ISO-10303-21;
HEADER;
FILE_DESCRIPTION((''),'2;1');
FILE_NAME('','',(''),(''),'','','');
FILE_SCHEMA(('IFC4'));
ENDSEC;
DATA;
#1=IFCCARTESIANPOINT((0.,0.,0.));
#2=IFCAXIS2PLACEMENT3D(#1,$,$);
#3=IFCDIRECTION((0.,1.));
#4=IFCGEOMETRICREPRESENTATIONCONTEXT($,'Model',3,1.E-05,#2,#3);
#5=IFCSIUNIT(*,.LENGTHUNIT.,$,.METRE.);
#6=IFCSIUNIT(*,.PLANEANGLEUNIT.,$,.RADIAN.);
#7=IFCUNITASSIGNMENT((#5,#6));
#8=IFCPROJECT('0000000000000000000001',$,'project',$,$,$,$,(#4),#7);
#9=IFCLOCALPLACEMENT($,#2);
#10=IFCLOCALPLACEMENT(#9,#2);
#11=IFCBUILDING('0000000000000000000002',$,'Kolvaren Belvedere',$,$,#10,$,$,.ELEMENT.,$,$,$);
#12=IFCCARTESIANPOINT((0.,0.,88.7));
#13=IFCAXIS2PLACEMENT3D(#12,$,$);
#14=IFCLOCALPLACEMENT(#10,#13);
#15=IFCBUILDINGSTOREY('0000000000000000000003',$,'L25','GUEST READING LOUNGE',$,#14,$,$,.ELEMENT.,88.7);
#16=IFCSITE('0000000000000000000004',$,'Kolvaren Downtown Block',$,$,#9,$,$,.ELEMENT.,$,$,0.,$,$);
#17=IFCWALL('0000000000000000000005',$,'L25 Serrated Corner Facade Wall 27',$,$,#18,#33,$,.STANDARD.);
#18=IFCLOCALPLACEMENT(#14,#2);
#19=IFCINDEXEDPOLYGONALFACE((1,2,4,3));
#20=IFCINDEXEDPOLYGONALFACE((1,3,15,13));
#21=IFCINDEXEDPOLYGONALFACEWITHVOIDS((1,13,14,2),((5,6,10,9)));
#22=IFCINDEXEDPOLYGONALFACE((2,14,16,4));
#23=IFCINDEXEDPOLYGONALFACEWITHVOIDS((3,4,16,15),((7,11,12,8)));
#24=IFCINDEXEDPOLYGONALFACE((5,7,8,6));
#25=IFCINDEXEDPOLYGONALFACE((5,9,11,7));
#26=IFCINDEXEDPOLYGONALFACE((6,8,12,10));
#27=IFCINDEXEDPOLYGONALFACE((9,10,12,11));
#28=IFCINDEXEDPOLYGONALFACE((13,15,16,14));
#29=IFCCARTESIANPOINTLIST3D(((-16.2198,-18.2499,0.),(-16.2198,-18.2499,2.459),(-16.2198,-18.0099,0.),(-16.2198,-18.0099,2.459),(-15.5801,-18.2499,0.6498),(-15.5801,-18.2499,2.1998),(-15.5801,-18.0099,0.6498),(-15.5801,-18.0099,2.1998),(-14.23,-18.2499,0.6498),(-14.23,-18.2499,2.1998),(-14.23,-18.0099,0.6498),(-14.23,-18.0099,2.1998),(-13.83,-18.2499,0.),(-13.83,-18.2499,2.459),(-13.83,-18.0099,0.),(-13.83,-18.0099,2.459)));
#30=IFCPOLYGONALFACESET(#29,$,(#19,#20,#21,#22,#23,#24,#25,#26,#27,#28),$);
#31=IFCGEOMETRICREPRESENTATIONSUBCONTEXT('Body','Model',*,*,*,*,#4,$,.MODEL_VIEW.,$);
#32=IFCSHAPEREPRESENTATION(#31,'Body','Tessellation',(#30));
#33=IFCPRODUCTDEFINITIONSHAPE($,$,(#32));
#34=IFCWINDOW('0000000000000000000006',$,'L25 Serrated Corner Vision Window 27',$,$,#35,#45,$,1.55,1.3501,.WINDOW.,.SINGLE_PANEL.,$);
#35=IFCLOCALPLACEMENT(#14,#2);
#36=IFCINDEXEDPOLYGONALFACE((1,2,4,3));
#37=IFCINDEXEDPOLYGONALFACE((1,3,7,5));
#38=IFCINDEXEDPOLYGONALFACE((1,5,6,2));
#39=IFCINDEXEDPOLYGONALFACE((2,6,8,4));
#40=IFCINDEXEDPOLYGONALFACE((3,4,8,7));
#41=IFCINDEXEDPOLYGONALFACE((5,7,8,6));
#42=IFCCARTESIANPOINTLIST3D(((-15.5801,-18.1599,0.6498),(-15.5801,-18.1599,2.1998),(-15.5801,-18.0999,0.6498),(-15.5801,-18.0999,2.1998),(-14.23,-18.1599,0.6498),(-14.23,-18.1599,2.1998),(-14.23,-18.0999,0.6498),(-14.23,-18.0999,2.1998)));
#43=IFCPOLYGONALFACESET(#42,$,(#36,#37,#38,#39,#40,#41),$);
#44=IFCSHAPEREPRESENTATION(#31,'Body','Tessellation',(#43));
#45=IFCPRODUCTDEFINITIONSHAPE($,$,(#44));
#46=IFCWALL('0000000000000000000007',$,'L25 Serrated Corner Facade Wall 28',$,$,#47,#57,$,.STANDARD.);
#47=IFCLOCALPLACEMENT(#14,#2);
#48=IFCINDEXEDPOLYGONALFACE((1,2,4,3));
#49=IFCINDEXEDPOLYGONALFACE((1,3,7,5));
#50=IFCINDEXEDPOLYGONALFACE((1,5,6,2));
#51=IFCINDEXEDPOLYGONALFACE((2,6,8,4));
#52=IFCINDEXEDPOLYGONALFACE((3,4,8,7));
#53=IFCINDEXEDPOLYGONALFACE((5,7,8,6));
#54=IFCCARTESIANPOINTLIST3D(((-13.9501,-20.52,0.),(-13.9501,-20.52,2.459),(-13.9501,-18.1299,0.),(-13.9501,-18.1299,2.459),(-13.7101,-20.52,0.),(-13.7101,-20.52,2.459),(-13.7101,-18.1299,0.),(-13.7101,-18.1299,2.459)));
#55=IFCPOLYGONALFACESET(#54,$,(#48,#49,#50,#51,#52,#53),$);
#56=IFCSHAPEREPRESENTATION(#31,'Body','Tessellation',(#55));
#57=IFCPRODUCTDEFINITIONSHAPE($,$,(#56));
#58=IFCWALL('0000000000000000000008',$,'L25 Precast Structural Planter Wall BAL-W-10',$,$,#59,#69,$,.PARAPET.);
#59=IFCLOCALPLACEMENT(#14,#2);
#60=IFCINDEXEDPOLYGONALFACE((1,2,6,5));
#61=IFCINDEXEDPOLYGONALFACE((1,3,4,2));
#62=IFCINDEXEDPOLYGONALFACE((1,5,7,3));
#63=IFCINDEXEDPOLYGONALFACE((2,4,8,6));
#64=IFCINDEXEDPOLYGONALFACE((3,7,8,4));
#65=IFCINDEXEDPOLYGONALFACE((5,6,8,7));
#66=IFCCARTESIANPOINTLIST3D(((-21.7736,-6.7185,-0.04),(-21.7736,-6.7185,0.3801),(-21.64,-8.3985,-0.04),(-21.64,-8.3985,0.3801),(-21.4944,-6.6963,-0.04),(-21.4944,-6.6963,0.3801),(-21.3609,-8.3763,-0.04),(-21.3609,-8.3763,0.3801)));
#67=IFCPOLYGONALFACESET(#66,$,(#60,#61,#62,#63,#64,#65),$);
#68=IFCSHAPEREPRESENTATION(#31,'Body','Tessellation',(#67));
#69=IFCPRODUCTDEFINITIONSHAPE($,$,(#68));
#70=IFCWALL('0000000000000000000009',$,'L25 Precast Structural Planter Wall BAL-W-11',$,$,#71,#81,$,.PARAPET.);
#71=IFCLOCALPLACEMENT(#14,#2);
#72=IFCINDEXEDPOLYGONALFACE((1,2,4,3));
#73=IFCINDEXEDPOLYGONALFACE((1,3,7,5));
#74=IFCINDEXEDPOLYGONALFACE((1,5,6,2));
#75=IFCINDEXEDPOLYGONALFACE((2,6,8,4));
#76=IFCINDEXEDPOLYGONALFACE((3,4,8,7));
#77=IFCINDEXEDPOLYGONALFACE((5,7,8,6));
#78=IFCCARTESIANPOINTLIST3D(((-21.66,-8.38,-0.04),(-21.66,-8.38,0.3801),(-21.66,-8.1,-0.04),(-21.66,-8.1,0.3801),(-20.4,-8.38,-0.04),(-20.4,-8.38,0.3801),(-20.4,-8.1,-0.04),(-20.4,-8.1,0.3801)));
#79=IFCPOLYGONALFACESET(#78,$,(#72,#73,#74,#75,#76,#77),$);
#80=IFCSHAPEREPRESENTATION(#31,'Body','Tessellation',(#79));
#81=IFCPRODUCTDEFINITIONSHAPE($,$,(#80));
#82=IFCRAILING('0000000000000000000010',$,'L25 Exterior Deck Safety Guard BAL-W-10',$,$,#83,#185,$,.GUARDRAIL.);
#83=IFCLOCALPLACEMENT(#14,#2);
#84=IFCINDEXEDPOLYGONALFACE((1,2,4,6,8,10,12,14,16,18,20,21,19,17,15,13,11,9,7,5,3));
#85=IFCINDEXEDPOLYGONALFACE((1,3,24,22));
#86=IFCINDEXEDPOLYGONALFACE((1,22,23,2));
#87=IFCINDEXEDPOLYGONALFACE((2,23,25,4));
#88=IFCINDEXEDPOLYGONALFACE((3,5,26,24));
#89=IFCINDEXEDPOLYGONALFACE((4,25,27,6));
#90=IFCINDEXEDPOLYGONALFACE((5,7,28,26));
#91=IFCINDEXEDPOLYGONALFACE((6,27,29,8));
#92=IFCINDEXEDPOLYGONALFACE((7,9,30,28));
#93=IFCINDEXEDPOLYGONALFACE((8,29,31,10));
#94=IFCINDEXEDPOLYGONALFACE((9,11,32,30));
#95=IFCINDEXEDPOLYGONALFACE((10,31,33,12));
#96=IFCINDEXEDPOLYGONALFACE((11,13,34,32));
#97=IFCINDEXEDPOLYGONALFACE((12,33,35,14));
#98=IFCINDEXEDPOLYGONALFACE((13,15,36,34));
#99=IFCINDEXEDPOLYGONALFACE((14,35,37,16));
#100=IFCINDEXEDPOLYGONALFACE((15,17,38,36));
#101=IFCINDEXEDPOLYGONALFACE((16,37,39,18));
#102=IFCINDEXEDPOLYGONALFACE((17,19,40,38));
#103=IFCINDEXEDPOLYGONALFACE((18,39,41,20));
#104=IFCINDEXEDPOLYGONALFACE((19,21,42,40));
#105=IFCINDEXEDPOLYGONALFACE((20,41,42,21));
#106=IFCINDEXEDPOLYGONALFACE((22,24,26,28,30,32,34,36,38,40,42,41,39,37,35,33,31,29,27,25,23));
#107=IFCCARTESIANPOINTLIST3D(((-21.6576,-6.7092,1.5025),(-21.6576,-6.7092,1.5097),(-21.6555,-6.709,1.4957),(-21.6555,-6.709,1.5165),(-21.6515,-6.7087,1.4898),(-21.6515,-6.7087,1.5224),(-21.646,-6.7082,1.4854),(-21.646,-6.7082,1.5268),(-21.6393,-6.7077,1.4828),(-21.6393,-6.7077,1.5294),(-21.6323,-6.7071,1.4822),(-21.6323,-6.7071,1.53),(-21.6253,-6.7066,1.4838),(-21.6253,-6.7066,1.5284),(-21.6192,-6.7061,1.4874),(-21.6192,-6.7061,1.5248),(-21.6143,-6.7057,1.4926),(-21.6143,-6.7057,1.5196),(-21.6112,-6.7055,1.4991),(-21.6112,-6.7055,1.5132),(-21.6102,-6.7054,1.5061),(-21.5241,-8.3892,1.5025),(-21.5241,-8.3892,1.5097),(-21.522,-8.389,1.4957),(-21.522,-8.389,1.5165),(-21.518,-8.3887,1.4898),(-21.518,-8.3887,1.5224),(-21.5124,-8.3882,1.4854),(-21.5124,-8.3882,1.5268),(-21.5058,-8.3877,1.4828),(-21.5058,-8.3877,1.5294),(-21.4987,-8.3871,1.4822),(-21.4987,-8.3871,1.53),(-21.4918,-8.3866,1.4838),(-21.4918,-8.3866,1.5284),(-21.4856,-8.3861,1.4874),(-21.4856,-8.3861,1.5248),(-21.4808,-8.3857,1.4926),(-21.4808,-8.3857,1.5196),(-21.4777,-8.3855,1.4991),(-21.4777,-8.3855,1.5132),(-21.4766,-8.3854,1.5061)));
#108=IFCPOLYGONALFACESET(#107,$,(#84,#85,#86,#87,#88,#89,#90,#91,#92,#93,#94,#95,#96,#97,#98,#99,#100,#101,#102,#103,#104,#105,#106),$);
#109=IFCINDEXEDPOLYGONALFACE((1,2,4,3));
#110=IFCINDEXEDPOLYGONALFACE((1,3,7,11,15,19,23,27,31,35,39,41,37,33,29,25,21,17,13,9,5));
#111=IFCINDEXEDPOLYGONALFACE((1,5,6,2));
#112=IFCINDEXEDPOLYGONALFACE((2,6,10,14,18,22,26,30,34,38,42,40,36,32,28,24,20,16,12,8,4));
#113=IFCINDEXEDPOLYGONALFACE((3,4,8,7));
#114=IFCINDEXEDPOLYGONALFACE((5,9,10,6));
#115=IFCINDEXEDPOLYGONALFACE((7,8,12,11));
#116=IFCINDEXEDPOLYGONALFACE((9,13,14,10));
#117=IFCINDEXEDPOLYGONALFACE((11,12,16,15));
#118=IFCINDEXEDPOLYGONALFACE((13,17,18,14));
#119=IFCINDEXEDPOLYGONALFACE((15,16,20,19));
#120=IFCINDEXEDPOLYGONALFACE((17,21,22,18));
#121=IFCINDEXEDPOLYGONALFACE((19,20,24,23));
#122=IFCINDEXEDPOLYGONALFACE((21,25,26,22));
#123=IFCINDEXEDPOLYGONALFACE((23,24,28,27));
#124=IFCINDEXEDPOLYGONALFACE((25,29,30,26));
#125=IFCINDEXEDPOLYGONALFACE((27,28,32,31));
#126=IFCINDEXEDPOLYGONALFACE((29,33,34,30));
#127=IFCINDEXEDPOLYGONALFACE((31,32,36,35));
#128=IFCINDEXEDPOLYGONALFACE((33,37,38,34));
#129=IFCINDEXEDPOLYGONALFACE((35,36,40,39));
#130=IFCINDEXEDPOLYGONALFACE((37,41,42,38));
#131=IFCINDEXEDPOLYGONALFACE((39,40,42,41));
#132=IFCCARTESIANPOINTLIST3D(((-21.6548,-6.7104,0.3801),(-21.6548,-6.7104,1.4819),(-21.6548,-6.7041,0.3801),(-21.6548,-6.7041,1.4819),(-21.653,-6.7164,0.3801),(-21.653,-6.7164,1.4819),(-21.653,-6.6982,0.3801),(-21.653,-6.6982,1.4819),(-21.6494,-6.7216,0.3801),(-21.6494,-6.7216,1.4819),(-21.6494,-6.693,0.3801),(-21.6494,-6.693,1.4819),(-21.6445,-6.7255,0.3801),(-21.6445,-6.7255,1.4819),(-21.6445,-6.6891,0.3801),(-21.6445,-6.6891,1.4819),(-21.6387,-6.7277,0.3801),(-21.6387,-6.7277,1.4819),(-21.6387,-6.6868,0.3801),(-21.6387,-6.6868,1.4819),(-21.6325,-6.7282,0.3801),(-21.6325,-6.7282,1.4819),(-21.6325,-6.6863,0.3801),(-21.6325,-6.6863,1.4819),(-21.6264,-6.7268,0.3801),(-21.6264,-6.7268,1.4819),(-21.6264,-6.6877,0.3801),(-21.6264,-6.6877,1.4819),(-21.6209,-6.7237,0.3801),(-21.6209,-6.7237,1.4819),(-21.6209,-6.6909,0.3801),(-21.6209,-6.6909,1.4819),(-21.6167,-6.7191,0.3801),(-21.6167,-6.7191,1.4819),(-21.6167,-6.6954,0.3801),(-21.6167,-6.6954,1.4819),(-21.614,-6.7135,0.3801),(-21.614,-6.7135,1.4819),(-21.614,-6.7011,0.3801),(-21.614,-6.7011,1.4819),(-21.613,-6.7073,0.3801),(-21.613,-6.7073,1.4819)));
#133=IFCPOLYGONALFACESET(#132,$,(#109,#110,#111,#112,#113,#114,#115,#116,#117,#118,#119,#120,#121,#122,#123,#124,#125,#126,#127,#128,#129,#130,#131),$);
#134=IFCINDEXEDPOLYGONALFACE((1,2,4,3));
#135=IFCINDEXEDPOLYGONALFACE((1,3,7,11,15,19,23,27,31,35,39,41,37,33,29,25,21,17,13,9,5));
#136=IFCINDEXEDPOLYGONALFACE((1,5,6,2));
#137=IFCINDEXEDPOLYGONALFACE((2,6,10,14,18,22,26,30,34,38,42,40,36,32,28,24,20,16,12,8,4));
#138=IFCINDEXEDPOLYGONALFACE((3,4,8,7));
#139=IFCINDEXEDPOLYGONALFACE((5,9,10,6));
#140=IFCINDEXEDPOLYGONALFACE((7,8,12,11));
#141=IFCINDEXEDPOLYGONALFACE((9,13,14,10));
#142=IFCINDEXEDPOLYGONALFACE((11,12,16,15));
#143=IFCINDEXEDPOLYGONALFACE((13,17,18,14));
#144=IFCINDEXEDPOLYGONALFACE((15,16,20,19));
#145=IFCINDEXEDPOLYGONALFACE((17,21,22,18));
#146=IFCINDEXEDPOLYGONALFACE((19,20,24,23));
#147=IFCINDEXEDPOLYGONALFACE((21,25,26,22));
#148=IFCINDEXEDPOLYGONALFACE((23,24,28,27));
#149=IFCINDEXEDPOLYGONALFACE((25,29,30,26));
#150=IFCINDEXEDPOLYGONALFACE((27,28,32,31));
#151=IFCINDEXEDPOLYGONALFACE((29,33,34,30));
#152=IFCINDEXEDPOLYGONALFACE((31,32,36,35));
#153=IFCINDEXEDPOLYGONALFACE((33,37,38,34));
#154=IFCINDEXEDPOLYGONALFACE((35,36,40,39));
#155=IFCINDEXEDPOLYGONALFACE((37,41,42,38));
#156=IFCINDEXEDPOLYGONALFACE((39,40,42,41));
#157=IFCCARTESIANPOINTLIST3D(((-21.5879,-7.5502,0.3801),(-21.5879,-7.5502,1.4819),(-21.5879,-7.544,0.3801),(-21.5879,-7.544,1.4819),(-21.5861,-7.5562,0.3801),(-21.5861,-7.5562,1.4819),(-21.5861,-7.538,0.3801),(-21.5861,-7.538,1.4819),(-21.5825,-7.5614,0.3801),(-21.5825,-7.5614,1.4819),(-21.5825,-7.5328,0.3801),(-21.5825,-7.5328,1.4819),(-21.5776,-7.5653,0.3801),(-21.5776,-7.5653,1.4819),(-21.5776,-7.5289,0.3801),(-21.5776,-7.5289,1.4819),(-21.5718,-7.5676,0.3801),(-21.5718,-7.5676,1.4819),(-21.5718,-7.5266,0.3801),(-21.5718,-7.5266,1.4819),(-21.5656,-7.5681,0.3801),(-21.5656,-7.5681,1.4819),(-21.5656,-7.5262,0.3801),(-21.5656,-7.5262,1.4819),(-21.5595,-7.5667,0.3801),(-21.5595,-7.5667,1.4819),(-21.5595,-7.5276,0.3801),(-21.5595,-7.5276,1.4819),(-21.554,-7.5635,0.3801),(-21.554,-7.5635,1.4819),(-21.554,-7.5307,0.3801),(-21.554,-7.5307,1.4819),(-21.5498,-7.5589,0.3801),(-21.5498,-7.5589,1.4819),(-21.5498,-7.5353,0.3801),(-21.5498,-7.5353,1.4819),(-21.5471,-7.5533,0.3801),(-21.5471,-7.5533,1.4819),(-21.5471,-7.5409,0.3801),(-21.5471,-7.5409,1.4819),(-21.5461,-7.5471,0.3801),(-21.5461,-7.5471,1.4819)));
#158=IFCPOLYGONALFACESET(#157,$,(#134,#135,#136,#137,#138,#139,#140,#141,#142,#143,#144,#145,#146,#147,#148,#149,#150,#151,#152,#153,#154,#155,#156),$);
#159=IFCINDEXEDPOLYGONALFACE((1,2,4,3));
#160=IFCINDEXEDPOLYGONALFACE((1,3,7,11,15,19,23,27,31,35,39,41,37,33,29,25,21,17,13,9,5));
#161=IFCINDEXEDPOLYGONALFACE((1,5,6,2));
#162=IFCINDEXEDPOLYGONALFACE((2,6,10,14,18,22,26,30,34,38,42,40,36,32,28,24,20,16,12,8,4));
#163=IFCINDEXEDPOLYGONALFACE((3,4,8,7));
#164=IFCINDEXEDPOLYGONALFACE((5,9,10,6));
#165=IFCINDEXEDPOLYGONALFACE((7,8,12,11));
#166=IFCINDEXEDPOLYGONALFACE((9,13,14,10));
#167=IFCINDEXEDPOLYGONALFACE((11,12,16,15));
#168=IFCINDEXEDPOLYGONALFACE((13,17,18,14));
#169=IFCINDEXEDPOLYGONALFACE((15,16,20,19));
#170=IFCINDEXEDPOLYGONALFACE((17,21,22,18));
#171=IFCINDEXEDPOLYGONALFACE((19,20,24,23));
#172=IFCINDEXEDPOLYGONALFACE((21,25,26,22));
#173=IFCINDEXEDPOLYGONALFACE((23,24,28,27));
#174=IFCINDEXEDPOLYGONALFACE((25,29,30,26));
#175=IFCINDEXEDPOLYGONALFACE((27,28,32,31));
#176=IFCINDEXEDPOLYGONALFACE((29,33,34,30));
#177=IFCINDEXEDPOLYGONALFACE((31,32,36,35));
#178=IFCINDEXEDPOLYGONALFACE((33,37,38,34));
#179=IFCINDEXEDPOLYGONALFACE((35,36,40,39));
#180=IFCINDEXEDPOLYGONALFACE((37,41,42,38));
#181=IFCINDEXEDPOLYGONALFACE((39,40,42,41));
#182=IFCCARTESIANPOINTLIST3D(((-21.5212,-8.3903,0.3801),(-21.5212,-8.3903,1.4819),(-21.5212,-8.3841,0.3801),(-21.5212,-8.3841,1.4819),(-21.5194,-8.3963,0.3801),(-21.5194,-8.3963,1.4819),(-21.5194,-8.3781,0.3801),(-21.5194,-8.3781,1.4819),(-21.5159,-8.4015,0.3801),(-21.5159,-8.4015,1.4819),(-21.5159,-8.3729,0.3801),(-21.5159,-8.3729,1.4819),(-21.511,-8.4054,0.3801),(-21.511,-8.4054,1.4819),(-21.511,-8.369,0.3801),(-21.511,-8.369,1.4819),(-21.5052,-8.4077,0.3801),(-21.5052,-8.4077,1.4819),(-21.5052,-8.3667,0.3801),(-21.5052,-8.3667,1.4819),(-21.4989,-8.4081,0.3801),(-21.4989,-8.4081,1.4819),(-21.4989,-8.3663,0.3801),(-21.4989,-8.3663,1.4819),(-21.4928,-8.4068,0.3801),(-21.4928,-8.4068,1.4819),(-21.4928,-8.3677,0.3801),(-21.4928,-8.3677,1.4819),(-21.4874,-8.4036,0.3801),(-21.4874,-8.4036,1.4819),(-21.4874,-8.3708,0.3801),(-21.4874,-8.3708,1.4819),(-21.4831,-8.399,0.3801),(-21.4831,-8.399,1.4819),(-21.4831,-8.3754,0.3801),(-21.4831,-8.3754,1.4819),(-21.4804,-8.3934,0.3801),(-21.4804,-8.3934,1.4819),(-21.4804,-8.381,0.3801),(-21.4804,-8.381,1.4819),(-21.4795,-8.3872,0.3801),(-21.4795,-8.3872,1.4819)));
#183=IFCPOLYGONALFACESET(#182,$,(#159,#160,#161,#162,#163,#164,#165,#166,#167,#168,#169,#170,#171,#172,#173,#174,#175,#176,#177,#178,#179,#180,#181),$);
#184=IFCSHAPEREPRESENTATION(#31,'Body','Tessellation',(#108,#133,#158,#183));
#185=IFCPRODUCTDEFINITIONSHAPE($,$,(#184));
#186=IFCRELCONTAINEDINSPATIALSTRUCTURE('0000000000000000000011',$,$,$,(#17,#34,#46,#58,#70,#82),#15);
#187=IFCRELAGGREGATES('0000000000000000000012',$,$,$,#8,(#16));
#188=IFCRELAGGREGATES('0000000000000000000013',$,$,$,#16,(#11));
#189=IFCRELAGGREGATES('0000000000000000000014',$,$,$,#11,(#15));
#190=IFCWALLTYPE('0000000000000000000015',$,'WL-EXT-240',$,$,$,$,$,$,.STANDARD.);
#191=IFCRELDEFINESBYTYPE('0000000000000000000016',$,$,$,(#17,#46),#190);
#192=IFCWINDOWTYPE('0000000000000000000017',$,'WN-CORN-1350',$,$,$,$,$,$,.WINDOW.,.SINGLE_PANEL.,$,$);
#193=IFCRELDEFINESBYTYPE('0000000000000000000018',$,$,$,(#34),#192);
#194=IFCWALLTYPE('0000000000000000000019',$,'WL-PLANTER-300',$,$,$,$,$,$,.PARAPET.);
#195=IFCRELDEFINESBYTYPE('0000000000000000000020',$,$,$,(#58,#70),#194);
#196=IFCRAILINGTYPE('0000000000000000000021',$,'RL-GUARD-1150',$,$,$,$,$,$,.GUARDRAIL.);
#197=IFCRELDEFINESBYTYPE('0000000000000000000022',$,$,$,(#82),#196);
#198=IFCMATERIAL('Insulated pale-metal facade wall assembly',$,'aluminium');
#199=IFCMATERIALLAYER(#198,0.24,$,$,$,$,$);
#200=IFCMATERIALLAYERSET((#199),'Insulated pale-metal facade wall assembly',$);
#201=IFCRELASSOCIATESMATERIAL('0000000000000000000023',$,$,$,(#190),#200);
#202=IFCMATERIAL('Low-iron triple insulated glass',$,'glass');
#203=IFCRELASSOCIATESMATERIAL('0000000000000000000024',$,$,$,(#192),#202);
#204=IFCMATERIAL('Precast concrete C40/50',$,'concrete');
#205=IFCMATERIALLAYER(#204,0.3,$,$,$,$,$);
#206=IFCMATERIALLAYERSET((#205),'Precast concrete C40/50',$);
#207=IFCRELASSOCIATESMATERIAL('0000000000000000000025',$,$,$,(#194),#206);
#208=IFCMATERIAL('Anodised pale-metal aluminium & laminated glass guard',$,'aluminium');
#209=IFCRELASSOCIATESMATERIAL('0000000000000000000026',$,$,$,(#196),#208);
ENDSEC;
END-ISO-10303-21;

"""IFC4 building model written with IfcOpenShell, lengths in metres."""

from ifc_helpers import new_model, si_unit, direction, frame, frame_2d, origin, origin_2d, place, context, subcontext, project, spatial, rectangle, circle, extrude, material, layer, layer_set, type_object, element, fill, save


model = new_model("IFC4")

# Units and contexts
model_context = context("Model", 3, precision=1e-05, world=origin(), true_north=direction((0.0, 1.0)))
body_context = subcontext(model_context, "Body", "Model", "MODEL_VIEW")
ifc_project = project(units=[si_unit("LENGTHUNIT", "METRE"), si_unit("PLANEANGLEUNIT", "RADIAN")], contexts=[model_context])

# Site, building, storey
site_placement = place(None, origin())
site = spatial("IfcSite", under=ifc_project, at=site_placement, Name="Kolvaren Downtown Block", CompositionType="ELEMENT", RefElevation=0.0)
building_placement = place(site_placement, origin())
building = spatial("IfcBuilding", under=site, at=building_placement, Name="Kolvaren Belvedere", CompositionType="ELEMENT")
storey_placement = place(building_placement, frame((0.0, 0.0, 88.7)))
storey = spatial("IfcBuildingStorey", under=building, at=storey_placement, Name="L25", Description="GUEST READING LOUNGE", CompositionType="ELEMENT", Elevation=88.7)

# Shared definitions
ifc_material_1 = material(Name="Insulated pale-metal facade wall assembly", Category="aluminium")
ifc_layer_1 = layer(ifc_material_1, 0.24)
ifc_layer_set_1 = layer_set([ifc_layer_1], Name="Insulated pale-metal facade wall assembly")
wall_type_1 = type_object("IfcWallType", Name="WL-EXT-240", PredefinedType="STANDARD", material=ifc_layer_set_1)

# Wall, opening, window
ifc_material_2 = material(Name="Low-iron triple insulated glass", Category="glass")
window_type_1 = type_object("IfcWindowType", Name="WN-CORN-1350", PartitioningType="SINGLE_PANEL", PredefinedType="WINDOW", material=ifc_material_2)
wall_1_placement = place(storey_placement, frame((-13.8301, -18.1299, 0.0), z_axis=(0.0, 0.0, 1.0), x_axis=(-1.0, 0.0, 0.0)))
wall_1 = element("IfcWall", 1, at=wall_1_placement, inside=storey, type_object=wall_type_1, Name="L25 Serrated Corner Facade Wall 27", PredefinedType="STANDARD", context=body_context, shape_type="SweptSolid", body=[
    extrude(rectangle(XDim=2.3899, YDim=0.24, at=frame_2d((1.1948, 0.0))), origin(), (0.0, 0.0, 1.0), 2.459),
])
opening_1_placement = place(wall_1_placement, frame((0.3999, 0.0, 0.6499)))
opening_1 = element("IfcOpeningElement", 2, at=opening_1_placement, cuts=wall_1, PredefinedType="OPENING", context=body_context, shape_type="SweptSolid", body=[
    extrude(rectangle(XDim=1.3501, YDim=1.55, at=frame_2d((0.675, 0.7749))), frame((0.0, 0.1299, 0.0), z_axis=(0.0, -1.0, 0.0), x_axis=(1.0, 0.0, 0.0)), (0.0, 0.0, 1.0), 0.26),
])
window_1_placement = place(opening_1_placement, origin())
window_1 = element("IfcWindow", 3, at=window_1_placement, inside=storey, type_object=window_type_1, Name="L25 Serrated Corner Vision Window 27", OverallHeight=1.55, OverallWidth=1.3501, PartitioningType="SINGLE_PANEL", PredefinedType="WINDOW", context=body_context, shape_type="SweptSolid", body=[
    extrude(rectangle(XDim=1.3501, YDim=1.55, at=frame_2d((0.675, 0.7749))), frame((0.0, 0.03, 0.0), z_axis=(0.0, -1.0, 0.0), x_axis=(1.0, 0.0, 0.0)), (0.0, 0.0, 1.0), 0.0601),
])
fill(opening_1, window_1)

# Walls
wall_2_placement = place(storey_placement, frame((-13.8301, -20.52, 0.0), z_axis=(0.0, 0.0, 1.0), x_axis=(0.0, 1.0, 0.0)))
element("IfcWall", 4, at=wall_2_placement, inside=storey, type_object=wall_type_1, Name="L25 Serrated Corner Facade Wall 28", PredefinedType="STANDARD", context=body_context, shape_type="SweptSolid", body=[
    extrude(rectangle(XDim=2.3901, YDim=0.24, at=frame_2d((1.1951, 0.0))), origin(), (0.0, 0.0, 1.0), 2.459),
])
ifc_material_3 = material(Name="Precast concrete C40/50", Category="concrete")
ifc_layer_2 = layer(ifc_material_3, 0.3)
ifc_layer_set_2 = layer_set([ifc_layer_2], Name="Precast concrete C40/50")
wall_type_2 = type_object("IfcWallType", Name="WL-PLANTER-300", PredefinedType="PARAPET", material=ifc_layer_set_2)
wall_3_placement = place(storey_placement, frame((-21.634, -6.7073, -0.04), z_axis=(0.0, 0.0, 1.0), x_axis=(0.079244, -0.996855, 0.0)))
element("IfcWall", 5, at=wall_3_placement, inside=storey, type_object=wall_type_2, Name="L25 Precast Structural Planter Wall BAL-W-10", PredefinedType="PARAPET", context=body_context, shape_type="SweptSolid", body=[
    extrude(rectangle(XDim=1.6853, YDim=0.28, at=frame_2d((0.8428, 0.0))), origin(), (0.0, 0.0, 1.0), 0.4202),
])
wall_4_placement = place(storey_placement, frame((-21.6599, -8.24, -0.04), z_axis=(0.0, 0.0, 1.0), x_axis=(1.0, 0.0, 0.0)))
element("IfcWall", 6, at=wall_4_placement, inside=storey, type_object=wall_type_2, Name="L25 Precast Structural Planter Wall BAL-W-11", PredefinedType="PARAPET", context=body_context, shape_type="SweptSolid", body=[
    extrude(rectangle(XDim=1.26, YDim=0.28, at=frame_2d((0.6299, 0.0))), origin(), (0.0, 0.0, 1.0), 0.4202),
])

# Railing
ifc_material_4 = material(Name="Anodised pale-metal aluminium & laminated glass guard", Category="aluminium")
railing_type = type_object("IfcRailingType", Name="RL-GUARD-1150", PredefinedType="GUARDRAIL", material=ifc_material_4)
railing_1_placement = place(storey_placement, frame((-21.634, -6.7073, 0.3801)))
element("IfcRailing", 7, at=railing_1_placement, inside=storey, type_object=railing_type, Name="L25 Exterior Deck Safety Guard BAL-W-10", PredefinedType="GUARDRAIL", context=body_context, shape_type="SweptSolid", body=[
    extrude(circle(Radius=0.0239, at=origin_2d()), frame((0.0, 0.0, 1.126), z_axis=(0.079244, -0.996855, 0.0), x_axis=(0.996855, 0.079244, 0.0)), (0.0, 0.0, 1.0), 1.6853),
    extrude(circle(Radius=0.021, at=origin_2d()), origin(), (0.0, 0.0, 1.0), 1.1018),
    extrude(circle(Radius=0.021, at=origin_2d()), frame((0.0669, -0.8398, 0.0)), (0.0, 0.0, 1.0), 1.1018),
    extrude(circle(Radius=0.021, at=origin_2d()), frame((0.1335, -1.6799, 0.0)), (0.0, 0.0, 1.0), 1.1018),
])

save(model, "model.ifc")
